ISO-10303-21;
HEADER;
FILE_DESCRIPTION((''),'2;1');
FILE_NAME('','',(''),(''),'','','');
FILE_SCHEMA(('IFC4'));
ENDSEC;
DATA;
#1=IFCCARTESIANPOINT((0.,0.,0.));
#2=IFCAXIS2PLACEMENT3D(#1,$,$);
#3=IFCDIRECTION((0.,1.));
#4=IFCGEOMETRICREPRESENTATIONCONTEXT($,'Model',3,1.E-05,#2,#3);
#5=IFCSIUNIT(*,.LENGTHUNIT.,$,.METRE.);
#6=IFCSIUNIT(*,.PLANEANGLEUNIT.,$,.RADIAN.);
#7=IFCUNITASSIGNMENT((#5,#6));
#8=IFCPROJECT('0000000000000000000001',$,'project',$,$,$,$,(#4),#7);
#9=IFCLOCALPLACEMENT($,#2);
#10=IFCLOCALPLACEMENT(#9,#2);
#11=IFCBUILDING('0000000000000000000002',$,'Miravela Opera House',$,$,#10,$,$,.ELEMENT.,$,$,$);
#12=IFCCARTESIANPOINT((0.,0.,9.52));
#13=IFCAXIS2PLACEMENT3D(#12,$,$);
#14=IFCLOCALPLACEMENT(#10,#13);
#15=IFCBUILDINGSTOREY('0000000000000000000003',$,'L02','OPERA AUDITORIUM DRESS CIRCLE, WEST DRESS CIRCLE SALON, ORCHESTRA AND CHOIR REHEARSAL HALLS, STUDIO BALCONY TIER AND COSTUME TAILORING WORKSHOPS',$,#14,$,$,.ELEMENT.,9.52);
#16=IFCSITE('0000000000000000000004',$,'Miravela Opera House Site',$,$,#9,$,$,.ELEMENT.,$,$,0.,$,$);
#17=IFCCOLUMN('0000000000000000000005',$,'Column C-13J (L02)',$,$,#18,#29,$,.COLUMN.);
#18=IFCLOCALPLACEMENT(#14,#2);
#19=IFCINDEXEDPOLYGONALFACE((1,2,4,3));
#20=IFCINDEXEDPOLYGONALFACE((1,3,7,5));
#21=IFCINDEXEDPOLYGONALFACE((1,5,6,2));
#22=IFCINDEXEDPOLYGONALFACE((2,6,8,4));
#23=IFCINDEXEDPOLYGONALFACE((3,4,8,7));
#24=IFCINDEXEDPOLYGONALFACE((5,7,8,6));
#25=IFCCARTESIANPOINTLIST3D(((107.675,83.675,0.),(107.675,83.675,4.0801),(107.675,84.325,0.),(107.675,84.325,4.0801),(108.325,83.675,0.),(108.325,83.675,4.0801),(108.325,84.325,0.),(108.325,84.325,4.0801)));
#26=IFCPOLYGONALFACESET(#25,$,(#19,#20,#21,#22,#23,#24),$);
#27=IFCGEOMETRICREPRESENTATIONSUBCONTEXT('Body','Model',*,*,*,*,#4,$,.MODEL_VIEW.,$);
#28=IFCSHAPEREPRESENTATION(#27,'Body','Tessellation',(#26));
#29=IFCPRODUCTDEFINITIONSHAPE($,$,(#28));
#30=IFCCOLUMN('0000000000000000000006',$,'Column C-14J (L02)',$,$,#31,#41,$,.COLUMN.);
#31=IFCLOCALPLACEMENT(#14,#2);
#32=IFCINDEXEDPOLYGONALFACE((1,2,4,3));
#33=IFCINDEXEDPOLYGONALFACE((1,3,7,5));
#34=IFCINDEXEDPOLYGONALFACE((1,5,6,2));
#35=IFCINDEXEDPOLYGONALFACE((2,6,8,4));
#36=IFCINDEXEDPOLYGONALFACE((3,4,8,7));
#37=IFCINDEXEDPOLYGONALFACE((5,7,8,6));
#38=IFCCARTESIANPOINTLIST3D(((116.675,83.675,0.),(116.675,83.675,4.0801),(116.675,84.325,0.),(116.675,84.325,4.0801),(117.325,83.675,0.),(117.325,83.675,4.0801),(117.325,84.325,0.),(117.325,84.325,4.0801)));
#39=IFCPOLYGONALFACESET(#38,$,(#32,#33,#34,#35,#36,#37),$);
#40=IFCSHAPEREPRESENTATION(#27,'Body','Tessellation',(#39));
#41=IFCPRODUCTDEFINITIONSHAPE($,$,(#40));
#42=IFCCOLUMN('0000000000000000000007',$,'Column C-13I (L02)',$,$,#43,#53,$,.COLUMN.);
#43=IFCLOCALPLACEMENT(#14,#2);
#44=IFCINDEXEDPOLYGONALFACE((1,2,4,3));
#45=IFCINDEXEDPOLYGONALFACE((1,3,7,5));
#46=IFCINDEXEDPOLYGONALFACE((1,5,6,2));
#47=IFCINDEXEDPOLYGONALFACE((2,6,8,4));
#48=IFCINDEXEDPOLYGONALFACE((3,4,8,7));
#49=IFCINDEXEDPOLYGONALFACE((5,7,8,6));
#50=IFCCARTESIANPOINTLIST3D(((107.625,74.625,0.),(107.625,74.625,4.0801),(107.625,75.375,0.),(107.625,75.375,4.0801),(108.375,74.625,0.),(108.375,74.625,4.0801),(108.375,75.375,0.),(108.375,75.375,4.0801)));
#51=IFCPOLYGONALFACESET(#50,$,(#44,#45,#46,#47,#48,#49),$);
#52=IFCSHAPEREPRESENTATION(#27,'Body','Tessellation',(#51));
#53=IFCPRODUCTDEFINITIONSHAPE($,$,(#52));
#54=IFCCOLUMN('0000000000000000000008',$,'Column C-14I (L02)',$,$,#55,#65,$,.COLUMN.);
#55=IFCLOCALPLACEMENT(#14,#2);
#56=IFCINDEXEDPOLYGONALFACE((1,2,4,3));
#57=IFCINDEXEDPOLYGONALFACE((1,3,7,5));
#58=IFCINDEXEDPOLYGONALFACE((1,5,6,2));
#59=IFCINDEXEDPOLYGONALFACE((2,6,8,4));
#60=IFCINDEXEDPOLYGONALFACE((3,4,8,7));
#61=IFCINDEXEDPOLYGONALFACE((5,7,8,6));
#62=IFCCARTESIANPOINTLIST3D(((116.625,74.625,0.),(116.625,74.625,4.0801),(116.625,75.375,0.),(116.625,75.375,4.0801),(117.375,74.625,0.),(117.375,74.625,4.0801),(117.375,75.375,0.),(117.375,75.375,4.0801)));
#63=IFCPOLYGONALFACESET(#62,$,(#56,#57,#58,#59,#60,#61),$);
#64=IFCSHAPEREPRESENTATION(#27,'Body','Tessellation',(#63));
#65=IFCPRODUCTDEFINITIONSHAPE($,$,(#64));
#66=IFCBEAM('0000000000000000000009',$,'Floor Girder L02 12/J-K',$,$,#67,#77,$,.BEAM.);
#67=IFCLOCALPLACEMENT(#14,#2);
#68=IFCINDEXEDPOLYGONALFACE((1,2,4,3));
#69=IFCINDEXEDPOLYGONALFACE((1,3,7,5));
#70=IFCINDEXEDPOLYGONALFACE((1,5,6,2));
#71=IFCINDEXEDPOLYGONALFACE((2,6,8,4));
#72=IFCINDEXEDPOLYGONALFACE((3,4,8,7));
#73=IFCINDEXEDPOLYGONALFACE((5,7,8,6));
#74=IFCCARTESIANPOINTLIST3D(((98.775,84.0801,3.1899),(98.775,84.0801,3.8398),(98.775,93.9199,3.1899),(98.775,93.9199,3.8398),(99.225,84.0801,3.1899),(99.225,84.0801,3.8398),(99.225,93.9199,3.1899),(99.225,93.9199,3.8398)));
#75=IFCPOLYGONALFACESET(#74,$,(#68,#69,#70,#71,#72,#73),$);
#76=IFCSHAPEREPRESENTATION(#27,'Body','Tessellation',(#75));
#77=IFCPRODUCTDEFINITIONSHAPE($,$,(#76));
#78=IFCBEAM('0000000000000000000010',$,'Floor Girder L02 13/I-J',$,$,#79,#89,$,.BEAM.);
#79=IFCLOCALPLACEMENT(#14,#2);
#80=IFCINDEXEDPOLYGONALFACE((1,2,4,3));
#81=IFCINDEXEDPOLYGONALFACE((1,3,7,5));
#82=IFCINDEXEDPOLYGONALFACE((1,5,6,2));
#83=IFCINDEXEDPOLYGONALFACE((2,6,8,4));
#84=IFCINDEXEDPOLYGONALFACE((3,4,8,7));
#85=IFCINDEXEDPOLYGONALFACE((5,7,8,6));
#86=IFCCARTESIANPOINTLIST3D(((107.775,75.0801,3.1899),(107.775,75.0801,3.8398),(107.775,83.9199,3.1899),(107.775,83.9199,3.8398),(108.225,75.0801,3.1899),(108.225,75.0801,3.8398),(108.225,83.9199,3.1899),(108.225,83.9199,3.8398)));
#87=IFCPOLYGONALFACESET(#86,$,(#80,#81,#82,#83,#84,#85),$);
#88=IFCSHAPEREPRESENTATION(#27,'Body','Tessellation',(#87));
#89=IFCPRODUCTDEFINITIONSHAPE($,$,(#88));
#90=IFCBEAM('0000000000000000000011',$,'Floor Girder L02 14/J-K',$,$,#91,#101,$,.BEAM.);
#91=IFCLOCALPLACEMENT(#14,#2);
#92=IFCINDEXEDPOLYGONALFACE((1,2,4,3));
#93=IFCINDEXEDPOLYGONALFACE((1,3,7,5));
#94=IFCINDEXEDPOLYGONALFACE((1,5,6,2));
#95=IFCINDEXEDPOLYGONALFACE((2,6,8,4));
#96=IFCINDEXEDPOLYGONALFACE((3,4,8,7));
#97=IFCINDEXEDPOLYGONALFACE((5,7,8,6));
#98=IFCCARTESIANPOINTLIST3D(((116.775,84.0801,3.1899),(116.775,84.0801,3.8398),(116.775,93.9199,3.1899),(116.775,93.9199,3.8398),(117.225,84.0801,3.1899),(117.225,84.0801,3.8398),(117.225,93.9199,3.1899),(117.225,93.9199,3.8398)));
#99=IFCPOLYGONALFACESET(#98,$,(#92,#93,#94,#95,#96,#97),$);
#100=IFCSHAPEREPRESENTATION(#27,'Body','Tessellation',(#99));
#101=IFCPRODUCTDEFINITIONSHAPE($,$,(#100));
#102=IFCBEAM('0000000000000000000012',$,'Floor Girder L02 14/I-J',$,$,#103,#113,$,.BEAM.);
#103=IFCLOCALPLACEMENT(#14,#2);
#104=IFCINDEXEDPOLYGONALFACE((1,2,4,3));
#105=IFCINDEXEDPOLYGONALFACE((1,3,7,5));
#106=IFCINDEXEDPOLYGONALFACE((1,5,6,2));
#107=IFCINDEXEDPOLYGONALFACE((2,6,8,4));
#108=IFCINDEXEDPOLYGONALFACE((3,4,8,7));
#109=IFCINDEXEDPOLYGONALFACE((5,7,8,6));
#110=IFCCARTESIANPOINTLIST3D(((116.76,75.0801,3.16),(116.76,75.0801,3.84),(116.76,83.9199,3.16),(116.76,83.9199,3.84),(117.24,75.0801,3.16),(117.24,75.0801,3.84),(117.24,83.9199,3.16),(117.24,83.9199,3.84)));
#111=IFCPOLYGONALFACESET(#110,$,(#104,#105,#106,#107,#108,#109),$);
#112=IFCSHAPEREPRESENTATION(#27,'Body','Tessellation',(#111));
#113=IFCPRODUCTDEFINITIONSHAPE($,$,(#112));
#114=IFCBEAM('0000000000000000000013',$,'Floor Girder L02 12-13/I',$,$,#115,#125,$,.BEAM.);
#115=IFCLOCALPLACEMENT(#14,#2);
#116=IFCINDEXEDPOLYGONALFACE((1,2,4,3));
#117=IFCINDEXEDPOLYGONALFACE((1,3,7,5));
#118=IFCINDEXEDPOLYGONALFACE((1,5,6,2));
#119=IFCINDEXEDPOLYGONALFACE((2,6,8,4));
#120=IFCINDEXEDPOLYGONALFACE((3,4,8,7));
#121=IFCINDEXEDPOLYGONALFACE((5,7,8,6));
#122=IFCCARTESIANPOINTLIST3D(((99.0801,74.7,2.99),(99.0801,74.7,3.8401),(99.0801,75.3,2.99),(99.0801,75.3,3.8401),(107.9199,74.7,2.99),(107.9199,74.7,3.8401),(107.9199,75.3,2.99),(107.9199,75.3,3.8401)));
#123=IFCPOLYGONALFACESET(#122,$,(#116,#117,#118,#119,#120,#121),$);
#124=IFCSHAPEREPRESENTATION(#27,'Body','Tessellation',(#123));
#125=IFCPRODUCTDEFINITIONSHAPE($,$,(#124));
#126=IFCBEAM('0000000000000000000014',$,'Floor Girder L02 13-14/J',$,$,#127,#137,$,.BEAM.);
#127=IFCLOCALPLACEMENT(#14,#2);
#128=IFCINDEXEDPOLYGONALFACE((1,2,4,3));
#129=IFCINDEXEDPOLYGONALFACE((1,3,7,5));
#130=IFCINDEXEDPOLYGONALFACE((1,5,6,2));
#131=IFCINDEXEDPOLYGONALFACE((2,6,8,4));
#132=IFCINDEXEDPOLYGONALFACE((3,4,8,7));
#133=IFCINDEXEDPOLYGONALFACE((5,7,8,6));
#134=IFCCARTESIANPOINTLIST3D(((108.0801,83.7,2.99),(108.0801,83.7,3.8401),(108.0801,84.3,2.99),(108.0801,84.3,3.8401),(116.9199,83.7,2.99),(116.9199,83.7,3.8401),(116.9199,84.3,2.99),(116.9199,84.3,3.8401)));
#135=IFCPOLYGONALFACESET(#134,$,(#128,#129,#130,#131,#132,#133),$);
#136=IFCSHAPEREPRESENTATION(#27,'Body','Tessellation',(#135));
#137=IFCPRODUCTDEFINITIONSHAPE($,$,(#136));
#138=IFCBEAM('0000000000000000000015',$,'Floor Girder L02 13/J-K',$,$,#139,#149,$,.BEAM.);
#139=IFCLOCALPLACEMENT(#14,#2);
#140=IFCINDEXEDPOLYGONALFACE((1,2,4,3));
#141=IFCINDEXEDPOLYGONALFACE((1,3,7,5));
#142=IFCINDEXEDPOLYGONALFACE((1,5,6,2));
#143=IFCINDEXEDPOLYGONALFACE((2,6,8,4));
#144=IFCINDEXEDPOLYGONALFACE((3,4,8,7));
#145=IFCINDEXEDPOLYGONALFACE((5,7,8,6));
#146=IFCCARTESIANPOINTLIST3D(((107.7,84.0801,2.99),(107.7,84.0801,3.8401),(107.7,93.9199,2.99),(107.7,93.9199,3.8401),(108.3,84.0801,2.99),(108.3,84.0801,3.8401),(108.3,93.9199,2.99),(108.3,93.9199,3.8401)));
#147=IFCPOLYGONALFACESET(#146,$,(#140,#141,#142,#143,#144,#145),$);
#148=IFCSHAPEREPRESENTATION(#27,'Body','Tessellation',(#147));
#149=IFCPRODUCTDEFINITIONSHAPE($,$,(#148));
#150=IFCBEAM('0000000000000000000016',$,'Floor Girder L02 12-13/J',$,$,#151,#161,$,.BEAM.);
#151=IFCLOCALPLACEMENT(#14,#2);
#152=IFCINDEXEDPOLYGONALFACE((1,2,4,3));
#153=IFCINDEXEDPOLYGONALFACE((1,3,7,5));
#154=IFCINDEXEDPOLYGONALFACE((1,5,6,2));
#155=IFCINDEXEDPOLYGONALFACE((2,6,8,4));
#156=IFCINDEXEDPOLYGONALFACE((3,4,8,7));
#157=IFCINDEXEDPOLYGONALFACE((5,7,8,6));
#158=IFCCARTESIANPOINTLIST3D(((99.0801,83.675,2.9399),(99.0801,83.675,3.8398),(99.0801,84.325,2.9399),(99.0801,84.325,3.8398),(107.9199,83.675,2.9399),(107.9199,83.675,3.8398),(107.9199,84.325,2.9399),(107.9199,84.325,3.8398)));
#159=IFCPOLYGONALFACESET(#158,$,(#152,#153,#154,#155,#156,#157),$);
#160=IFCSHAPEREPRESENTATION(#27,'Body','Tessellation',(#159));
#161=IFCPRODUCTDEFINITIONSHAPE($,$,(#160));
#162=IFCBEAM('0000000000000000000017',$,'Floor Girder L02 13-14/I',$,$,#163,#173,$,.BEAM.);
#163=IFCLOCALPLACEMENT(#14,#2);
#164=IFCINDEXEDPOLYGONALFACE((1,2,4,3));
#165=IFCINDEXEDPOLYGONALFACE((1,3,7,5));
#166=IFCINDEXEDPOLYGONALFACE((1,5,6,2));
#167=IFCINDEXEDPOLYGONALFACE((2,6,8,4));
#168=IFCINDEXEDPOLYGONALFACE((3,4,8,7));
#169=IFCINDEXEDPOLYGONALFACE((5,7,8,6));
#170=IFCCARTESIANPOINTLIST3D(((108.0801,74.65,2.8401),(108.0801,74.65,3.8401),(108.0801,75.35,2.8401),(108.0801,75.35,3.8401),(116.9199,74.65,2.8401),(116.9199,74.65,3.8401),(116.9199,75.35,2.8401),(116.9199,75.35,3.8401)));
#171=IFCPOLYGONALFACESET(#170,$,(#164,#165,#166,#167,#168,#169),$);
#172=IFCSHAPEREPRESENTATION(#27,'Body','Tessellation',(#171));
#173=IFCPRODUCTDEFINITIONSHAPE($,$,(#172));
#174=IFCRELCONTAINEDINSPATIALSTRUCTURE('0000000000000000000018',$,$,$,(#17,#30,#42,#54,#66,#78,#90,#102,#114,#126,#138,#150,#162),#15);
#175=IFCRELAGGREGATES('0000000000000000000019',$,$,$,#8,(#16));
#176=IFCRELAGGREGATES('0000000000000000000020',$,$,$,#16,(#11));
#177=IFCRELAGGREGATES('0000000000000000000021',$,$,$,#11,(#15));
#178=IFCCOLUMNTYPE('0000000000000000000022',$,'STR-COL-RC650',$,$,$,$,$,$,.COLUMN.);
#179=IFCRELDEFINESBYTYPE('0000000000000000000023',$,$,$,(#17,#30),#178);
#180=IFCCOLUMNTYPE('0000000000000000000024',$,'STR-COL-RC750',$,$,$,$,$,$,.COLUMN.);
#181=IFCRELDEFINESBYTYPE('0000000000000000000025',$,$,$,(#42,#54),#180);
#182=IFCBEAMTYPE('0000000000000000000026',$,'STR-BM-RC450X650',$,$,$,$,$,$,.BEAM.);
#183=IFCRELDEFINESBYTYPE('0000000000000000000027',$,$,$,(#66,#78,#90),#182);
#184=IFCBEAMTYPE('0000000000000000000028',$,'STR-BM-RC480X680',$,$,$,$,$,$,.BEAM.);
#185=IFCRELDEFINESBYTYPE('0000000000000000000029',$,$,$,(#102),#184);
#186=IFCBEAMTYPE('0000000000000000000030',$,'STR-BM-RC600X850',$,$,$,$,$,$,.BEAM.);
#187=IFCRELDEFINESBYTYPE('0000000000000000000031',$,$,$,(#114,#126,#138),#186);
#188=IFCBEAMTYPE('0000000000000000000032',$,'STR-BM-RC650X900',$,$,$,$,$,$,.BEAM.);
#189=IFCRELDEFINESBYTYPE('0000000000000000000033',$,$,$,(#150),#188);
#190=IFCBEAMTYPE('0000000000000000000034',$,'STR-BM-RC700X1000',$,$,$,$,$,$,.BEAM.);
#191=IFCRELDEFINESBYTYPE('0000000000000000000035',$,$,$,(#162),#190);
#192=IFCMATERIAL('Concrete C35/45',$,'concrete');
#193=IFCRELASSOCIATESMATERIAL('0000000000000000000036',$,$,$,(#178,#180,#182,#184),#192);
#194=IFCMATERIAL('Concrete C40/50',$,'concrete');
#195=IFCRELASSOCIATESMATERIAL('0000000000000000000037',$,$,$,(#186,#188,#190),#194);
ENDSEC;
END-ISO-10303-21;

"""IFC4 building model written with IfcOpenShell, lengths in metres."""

from ifc_helpers import new_model, si_unit, direction, frame, origin, origin_2d, place, context, subcontext, project, spatial, rectangle, extrude, material, material_profile, profile_set, type_object, element, save


model = new_model("IFC4")

# Units and contexts
model_context = context("Model", 3, precision=1e-05, world=origin(), true_north=direction((0.0, 1.0)))
body_context = subcontext(model_context, "Body", "Model", "MODEL_VIEW")
ifc_project = project(units=[si_unit("LENGTHUNIT", "METRE"), si_unit("PLANEANGLEUNIT", "RADIAN")], contexts=[model_context])

# Site, building, storey
site_placement = place(None, origin())
site = spatial("IfcSite", under=ifc_project, at=site_placement, Name="Miravela Opera House Site", CompositionType="ELEMENT", RefElevation=0.0)
building_placement = place(site_placement, origin())
building = spatial("IfcBuilding", under=site, at=building_placement, Name="Miravela Opera House", CompositionType="ELEMENT")
storey_placement = place(building_placement, frame((0.0, 0.0, 9.52)))
storey = spatial("IfcBuildingStorey", under=building, at=storey_placement, Name="L02", Description="OPERA AUDITORIUM DRESS CIRCLE, WEST DRESS CIRCLE SALON, ORCHESTRA AND CHOIR REHEARSAL HALLS, STUDIO BALCONY TIER AND COSTUME TAILORING WORKSHOPS", CompositionType="ELEMENT", Elevation=9.52)

# Columns
ifc_material_1 = material(Name="Concrete C35/45", Category="concrete")
ifc_material_profile_1 = material_profile(ifc_material_1, rectangle(XDim=0.6499, YDim=0.6499, at=origin_2d()), Name="RC-COL-650X650")
ifc_profile_set_1 = profile_set([ifc_material_profile_1])
column_type_1 = type_object("IfcColumnType", Name="STR-COL-RC650", PredefinedType="COLUMN", material=ifc_profile_set_1)
for number, where, z_axis, x_axis, name in (
    (1, (108.0, 84.0, 0.0), (0.0, 0.0, 1.0), (1.0, 0.0, 0.0), "Column C-13J (L02)"),
    (2, (117.0, 84.0, 0.0), (0.0, 0.0, 1.0), (1.0, 0.0, 0.0), "Column C-14J (L02)"),
):
    element("IfcColumn", number, at=place(storey_placement, frame(where, z_axis=z_axis, x_axis=x_axis)), inside=storey, type_object=column_type_1, Name=name, PredefinedType="COLUMN", context=body_context, shape_type="SweptSolid", body=[
        extrude(rectangle(XDim=0.6499, YDim=0.6499, at=origin_2d()), origin(), (0.0, 0.0, 1.0), 4.0801),
    ])
ifc_material_profile_2 = material_profile(ifc_material_1, rectangle(XDim=0.75, YDim=0.75, at=origin_2d()), Name="RC-COL-750X750")
ifc_profile_set_2 = profile_set([ifc_material_profile_2])
column_type_2 = type_object("IfcColumnType", Name="STR-COL-RC750", PredefinedType="COLUMN", material=ifc_profile_set_2)
for number, where, z_axis, x_axis, name in (
    (3, (108.0, 75.0, 0.0), (0.0, 0.0, 1.0), (1.0, 0.0, 0.0), "Column C-13I (L02)"),
    (4, (117.0, 75.0, 0.0), (0.0, 0.0, 1.0), (1.0, 0.0, 0.0), "Column C-14I (L02)"),
):
    element("IfcColumn", number, at=place(storey_placement, frame(where, z_axis=z_axis, x_axis=x_axis)), inside=storey, type_object=column_type_2, Name=name, PredefinedType="COLUMN", context=body_context, shape_type="SweptSolid", body=[
        extrude(rectangle(XDim=0.75, YDim=0.75, at=origin_2d()), origin(), (0.0, 0.0, 1.0), 4.0801),
    ])

# Beams
ifc_material_profile_3 = material_profile(ifc_material_1, rectangle(XDim=0.45, YDim=0.6499, at=origin_2d()), Name="RC-BM-450X650")
ifc_profile_set_3 = profile_set([ifc_material_profile_3])
beam_type_1 = type_object("IfcBeamType", Name="STR-BM-RC450X650", PredefinedType="BEAM", material=ifc_profile_set_3)
beam_1_placement = place(storey_placement, frame((99.0, 84.0801, 3.5149), z_axis=(0.0, 1.0, 0.0), x_axis=(-1.0, 0.0, 0.0)))
element("IfcBeam", 5, at=beam_1_placement, inside=storey, type_object=beam_type_1, Name="Floor Girder L02 12/J-K", PredefinedType="BEAM", context=body_context, shape_type="SweptSolid", body=[
    extrude(rectangle(XDim=0.45, YDim=0.6499, at=origin_2d()), origin(), (0.0, 0.0, 1.0), 9.8398),
])
beam_2_placement = place(storey_placement, frame((108.0, 75.0801, 3.5149), z_axis=(0.0, 1.0, 0.0), x_axis=(-1.0, 0.0, 0.0)))
element("IfcBeam", 6, at=beam_2_placement, inside=storey, type_object=beam_type_1, Name="Floor Girder L02 13/I-J", PredefinedType="BEAM", context=body_context, shape_type="SweptSolid", body=[
    extrude(rectangle(XDim=0.45, YDim=0.6499, at=origin_2d()), origin(), (0.0, 0.0, 1.0), 8.8398),
])
beam_3_placement = place(storey_placement, frame((117.0, 84.0801, 3.5149), z_axis=(0.0, 1.0, 0.0), x_axis=(-1.0, 0.0, 0.0)))
element("IfcBeam", 7, at=beam_3_placement, inside=storey, type_object=beam_type_1, Name="Floor Girder L02 14/J-K", PredefinedType="BEAM", context=body_context, shape_type="SweptSolid", body=[
    extrude(rectangle(XDim=0.45, YDim=0.6499, at=origin_2d()), origin(), (0.0, 0.0, 1.0), 9.8398),
])
ifc_material_profile_4 = material_profile(ifc_material_1, rectangle(XDim=0.48, YDim=0.6799, at=origin_2d()), Name="RC-BM-480X680")
ifc_profile_set_4 = profile_set([ifc_material_profile_4])
beam_type_2 = type_object("IfcBeamType", Name="STR-BM-RC480X680", PredefinedType="BEAM", material=ifc_profile_set_4)
beam_4_placement = place(storey_placement, frame((117.0, 75.0801, 3.5), z_axis=(0.0, 1.0, 0.0), x_axis=(-1.0, 0.0, 0.0)))
element("IfcBeam", 8, at=beam_4_placement, inside=storey, type_object=beam_type_2, Name="Floor Girder L02 14/I-J", PredefinedType="BEAM", context=body_context, shape_type="SweptSolid", body=[
    extrude(rectangle(XDim=0.48, YDim=0.6799, at=origin_2d()), origin(), (0.0, 0.0, 1.0), 8.8398),
])
ifc_material_2 = material(Name="Concrete C40/50", Category="concrete")
ifc_material_profile_5 = material_profile(ifc_material_2, rectangle(XDim=0.6001, YDim=0.8501, at=origin_2d()), Name="RC-BM-600X850")
ifc_profile_set_5 = profile_set([ifc_material_profile_5])
beam_type_3 = type_object("IfcBeamType", Name="STR-BM-RC600X850", PredefinedType="BEAM", material=ifc_profile_set_5)
for number, where, z_axis, x_axis, name in (
    (9, (99.0801, 75.0, 3.415), (1.0, 0.0, 0.0), (0.0, 1.0, 0.0), "Floor Girder L02 12-13/I"),
    (10, (108.0801, 84.0, 3.415), (1.0, 0.0, 0.0), (0.0, 1.0, 0.0), "Floor Girder L02 13-14/J"),
):
    element("IfcBeam", number, at=place(storey_placement, frame(where, z_axis=z_axis, x_axis=x_axis)), inside=storey, type_object=beam_type_3, Name=name, PredefinedType="BEAM", context=body_context, shape_type="SweptSolid", body=[
        extrude(rectangle(XDim=0.6001, YDim=0.8501, at=origin_2d()), origin(), (0.0, 0.0, 1.0), 8.8398),
    ])
beam_5_placement = place(storey_placement, frame((108.0, 84.0801, 3.415), z_axis=(0.0, 1.0, 0.0), x_axis=(-1.0, 0.0, 0.0)))
element("IfcBeam", 11, at=beam_5_placement, inside=storey, type_object=beam_type_3, Name="Floor Girder L02 13/J-K", PredefinedType="BEAM", context=body_context, shape_type="SweptSolid", body=[
    extrude(rectangle(XDim=0.6001, YDim=0.8501, at=origin_2d()), origin(), (0.0, 0.0, 1.0), 9.8398),
])
ifc_material_profile_6 = material_profile(ifc_material_2, rectangle(XDim=0.6499, YDim=0.8999, at=origin_2d()), Name="RC-BM-650X900")
ifc_profile_set_6 = profile_set([ifc_material_profile_6])
beam_type_4 = type_object("IfcBeamType", Name="STR-BM-RC650X900", PredefinedType="BEAM", material=ifc_profile_set_6)
beam_6_placement = place(storey_placement, frame((99.0801, 84.0, 3.3899), z_axis=(1.0, 0.0, 0.0), x_axis=(0.0, 1.0, 0.0)))
element("IfcBeam", 12, at=beam_6_placement, inside=storey, type_object=beam_type_4, Name="Floor Girder L02 12-13/J", PredefinedType="BEAM", context=body_context, shape_type="SweptSolid", body=[
    extrude(rectangle(XDim=0.6499, YDim=0.8999, at=origin_2d()), origin(), (0.0, 0.0, 1.0), 8.8398),
])
ifc_material_profile_7 = material_profile(ifc_material_2, rectangle(XDim=0.7, YDim=1.0, at=origin_2d()), Name="RC-BM-700X1000")
ifc_profile_set_7 = profile_set([ifc_material_profile_7])
beam_type_5 = type_object("IfcBeamType", Name="STR-BM-RC700X1000", PredefinedType="BEAM", material=ifc_profile_set_7)
beam_7_placement = place(storey_placement, frame((108.0801, 75.0, 3.3401), z_axis=(1.0, 0.0, 0.0), x_axis=(0.0, 1.0, 0.0)))
element("IfcBeam", 13, at=beam_7_placement, inside=storey, type_object=beam_type_5, Name="Floor Girder L02 13-14/I", PredefinedType="BEAM", context=body_context, shape_type="SweptSolid", body=[
    extrude(rectangle(XDim=0.7, YDim=1.0, at=origin_2d()), origin(), (0.0, 0.0, 1.0), 8.8398),
])

save(model, "model.ifc")
